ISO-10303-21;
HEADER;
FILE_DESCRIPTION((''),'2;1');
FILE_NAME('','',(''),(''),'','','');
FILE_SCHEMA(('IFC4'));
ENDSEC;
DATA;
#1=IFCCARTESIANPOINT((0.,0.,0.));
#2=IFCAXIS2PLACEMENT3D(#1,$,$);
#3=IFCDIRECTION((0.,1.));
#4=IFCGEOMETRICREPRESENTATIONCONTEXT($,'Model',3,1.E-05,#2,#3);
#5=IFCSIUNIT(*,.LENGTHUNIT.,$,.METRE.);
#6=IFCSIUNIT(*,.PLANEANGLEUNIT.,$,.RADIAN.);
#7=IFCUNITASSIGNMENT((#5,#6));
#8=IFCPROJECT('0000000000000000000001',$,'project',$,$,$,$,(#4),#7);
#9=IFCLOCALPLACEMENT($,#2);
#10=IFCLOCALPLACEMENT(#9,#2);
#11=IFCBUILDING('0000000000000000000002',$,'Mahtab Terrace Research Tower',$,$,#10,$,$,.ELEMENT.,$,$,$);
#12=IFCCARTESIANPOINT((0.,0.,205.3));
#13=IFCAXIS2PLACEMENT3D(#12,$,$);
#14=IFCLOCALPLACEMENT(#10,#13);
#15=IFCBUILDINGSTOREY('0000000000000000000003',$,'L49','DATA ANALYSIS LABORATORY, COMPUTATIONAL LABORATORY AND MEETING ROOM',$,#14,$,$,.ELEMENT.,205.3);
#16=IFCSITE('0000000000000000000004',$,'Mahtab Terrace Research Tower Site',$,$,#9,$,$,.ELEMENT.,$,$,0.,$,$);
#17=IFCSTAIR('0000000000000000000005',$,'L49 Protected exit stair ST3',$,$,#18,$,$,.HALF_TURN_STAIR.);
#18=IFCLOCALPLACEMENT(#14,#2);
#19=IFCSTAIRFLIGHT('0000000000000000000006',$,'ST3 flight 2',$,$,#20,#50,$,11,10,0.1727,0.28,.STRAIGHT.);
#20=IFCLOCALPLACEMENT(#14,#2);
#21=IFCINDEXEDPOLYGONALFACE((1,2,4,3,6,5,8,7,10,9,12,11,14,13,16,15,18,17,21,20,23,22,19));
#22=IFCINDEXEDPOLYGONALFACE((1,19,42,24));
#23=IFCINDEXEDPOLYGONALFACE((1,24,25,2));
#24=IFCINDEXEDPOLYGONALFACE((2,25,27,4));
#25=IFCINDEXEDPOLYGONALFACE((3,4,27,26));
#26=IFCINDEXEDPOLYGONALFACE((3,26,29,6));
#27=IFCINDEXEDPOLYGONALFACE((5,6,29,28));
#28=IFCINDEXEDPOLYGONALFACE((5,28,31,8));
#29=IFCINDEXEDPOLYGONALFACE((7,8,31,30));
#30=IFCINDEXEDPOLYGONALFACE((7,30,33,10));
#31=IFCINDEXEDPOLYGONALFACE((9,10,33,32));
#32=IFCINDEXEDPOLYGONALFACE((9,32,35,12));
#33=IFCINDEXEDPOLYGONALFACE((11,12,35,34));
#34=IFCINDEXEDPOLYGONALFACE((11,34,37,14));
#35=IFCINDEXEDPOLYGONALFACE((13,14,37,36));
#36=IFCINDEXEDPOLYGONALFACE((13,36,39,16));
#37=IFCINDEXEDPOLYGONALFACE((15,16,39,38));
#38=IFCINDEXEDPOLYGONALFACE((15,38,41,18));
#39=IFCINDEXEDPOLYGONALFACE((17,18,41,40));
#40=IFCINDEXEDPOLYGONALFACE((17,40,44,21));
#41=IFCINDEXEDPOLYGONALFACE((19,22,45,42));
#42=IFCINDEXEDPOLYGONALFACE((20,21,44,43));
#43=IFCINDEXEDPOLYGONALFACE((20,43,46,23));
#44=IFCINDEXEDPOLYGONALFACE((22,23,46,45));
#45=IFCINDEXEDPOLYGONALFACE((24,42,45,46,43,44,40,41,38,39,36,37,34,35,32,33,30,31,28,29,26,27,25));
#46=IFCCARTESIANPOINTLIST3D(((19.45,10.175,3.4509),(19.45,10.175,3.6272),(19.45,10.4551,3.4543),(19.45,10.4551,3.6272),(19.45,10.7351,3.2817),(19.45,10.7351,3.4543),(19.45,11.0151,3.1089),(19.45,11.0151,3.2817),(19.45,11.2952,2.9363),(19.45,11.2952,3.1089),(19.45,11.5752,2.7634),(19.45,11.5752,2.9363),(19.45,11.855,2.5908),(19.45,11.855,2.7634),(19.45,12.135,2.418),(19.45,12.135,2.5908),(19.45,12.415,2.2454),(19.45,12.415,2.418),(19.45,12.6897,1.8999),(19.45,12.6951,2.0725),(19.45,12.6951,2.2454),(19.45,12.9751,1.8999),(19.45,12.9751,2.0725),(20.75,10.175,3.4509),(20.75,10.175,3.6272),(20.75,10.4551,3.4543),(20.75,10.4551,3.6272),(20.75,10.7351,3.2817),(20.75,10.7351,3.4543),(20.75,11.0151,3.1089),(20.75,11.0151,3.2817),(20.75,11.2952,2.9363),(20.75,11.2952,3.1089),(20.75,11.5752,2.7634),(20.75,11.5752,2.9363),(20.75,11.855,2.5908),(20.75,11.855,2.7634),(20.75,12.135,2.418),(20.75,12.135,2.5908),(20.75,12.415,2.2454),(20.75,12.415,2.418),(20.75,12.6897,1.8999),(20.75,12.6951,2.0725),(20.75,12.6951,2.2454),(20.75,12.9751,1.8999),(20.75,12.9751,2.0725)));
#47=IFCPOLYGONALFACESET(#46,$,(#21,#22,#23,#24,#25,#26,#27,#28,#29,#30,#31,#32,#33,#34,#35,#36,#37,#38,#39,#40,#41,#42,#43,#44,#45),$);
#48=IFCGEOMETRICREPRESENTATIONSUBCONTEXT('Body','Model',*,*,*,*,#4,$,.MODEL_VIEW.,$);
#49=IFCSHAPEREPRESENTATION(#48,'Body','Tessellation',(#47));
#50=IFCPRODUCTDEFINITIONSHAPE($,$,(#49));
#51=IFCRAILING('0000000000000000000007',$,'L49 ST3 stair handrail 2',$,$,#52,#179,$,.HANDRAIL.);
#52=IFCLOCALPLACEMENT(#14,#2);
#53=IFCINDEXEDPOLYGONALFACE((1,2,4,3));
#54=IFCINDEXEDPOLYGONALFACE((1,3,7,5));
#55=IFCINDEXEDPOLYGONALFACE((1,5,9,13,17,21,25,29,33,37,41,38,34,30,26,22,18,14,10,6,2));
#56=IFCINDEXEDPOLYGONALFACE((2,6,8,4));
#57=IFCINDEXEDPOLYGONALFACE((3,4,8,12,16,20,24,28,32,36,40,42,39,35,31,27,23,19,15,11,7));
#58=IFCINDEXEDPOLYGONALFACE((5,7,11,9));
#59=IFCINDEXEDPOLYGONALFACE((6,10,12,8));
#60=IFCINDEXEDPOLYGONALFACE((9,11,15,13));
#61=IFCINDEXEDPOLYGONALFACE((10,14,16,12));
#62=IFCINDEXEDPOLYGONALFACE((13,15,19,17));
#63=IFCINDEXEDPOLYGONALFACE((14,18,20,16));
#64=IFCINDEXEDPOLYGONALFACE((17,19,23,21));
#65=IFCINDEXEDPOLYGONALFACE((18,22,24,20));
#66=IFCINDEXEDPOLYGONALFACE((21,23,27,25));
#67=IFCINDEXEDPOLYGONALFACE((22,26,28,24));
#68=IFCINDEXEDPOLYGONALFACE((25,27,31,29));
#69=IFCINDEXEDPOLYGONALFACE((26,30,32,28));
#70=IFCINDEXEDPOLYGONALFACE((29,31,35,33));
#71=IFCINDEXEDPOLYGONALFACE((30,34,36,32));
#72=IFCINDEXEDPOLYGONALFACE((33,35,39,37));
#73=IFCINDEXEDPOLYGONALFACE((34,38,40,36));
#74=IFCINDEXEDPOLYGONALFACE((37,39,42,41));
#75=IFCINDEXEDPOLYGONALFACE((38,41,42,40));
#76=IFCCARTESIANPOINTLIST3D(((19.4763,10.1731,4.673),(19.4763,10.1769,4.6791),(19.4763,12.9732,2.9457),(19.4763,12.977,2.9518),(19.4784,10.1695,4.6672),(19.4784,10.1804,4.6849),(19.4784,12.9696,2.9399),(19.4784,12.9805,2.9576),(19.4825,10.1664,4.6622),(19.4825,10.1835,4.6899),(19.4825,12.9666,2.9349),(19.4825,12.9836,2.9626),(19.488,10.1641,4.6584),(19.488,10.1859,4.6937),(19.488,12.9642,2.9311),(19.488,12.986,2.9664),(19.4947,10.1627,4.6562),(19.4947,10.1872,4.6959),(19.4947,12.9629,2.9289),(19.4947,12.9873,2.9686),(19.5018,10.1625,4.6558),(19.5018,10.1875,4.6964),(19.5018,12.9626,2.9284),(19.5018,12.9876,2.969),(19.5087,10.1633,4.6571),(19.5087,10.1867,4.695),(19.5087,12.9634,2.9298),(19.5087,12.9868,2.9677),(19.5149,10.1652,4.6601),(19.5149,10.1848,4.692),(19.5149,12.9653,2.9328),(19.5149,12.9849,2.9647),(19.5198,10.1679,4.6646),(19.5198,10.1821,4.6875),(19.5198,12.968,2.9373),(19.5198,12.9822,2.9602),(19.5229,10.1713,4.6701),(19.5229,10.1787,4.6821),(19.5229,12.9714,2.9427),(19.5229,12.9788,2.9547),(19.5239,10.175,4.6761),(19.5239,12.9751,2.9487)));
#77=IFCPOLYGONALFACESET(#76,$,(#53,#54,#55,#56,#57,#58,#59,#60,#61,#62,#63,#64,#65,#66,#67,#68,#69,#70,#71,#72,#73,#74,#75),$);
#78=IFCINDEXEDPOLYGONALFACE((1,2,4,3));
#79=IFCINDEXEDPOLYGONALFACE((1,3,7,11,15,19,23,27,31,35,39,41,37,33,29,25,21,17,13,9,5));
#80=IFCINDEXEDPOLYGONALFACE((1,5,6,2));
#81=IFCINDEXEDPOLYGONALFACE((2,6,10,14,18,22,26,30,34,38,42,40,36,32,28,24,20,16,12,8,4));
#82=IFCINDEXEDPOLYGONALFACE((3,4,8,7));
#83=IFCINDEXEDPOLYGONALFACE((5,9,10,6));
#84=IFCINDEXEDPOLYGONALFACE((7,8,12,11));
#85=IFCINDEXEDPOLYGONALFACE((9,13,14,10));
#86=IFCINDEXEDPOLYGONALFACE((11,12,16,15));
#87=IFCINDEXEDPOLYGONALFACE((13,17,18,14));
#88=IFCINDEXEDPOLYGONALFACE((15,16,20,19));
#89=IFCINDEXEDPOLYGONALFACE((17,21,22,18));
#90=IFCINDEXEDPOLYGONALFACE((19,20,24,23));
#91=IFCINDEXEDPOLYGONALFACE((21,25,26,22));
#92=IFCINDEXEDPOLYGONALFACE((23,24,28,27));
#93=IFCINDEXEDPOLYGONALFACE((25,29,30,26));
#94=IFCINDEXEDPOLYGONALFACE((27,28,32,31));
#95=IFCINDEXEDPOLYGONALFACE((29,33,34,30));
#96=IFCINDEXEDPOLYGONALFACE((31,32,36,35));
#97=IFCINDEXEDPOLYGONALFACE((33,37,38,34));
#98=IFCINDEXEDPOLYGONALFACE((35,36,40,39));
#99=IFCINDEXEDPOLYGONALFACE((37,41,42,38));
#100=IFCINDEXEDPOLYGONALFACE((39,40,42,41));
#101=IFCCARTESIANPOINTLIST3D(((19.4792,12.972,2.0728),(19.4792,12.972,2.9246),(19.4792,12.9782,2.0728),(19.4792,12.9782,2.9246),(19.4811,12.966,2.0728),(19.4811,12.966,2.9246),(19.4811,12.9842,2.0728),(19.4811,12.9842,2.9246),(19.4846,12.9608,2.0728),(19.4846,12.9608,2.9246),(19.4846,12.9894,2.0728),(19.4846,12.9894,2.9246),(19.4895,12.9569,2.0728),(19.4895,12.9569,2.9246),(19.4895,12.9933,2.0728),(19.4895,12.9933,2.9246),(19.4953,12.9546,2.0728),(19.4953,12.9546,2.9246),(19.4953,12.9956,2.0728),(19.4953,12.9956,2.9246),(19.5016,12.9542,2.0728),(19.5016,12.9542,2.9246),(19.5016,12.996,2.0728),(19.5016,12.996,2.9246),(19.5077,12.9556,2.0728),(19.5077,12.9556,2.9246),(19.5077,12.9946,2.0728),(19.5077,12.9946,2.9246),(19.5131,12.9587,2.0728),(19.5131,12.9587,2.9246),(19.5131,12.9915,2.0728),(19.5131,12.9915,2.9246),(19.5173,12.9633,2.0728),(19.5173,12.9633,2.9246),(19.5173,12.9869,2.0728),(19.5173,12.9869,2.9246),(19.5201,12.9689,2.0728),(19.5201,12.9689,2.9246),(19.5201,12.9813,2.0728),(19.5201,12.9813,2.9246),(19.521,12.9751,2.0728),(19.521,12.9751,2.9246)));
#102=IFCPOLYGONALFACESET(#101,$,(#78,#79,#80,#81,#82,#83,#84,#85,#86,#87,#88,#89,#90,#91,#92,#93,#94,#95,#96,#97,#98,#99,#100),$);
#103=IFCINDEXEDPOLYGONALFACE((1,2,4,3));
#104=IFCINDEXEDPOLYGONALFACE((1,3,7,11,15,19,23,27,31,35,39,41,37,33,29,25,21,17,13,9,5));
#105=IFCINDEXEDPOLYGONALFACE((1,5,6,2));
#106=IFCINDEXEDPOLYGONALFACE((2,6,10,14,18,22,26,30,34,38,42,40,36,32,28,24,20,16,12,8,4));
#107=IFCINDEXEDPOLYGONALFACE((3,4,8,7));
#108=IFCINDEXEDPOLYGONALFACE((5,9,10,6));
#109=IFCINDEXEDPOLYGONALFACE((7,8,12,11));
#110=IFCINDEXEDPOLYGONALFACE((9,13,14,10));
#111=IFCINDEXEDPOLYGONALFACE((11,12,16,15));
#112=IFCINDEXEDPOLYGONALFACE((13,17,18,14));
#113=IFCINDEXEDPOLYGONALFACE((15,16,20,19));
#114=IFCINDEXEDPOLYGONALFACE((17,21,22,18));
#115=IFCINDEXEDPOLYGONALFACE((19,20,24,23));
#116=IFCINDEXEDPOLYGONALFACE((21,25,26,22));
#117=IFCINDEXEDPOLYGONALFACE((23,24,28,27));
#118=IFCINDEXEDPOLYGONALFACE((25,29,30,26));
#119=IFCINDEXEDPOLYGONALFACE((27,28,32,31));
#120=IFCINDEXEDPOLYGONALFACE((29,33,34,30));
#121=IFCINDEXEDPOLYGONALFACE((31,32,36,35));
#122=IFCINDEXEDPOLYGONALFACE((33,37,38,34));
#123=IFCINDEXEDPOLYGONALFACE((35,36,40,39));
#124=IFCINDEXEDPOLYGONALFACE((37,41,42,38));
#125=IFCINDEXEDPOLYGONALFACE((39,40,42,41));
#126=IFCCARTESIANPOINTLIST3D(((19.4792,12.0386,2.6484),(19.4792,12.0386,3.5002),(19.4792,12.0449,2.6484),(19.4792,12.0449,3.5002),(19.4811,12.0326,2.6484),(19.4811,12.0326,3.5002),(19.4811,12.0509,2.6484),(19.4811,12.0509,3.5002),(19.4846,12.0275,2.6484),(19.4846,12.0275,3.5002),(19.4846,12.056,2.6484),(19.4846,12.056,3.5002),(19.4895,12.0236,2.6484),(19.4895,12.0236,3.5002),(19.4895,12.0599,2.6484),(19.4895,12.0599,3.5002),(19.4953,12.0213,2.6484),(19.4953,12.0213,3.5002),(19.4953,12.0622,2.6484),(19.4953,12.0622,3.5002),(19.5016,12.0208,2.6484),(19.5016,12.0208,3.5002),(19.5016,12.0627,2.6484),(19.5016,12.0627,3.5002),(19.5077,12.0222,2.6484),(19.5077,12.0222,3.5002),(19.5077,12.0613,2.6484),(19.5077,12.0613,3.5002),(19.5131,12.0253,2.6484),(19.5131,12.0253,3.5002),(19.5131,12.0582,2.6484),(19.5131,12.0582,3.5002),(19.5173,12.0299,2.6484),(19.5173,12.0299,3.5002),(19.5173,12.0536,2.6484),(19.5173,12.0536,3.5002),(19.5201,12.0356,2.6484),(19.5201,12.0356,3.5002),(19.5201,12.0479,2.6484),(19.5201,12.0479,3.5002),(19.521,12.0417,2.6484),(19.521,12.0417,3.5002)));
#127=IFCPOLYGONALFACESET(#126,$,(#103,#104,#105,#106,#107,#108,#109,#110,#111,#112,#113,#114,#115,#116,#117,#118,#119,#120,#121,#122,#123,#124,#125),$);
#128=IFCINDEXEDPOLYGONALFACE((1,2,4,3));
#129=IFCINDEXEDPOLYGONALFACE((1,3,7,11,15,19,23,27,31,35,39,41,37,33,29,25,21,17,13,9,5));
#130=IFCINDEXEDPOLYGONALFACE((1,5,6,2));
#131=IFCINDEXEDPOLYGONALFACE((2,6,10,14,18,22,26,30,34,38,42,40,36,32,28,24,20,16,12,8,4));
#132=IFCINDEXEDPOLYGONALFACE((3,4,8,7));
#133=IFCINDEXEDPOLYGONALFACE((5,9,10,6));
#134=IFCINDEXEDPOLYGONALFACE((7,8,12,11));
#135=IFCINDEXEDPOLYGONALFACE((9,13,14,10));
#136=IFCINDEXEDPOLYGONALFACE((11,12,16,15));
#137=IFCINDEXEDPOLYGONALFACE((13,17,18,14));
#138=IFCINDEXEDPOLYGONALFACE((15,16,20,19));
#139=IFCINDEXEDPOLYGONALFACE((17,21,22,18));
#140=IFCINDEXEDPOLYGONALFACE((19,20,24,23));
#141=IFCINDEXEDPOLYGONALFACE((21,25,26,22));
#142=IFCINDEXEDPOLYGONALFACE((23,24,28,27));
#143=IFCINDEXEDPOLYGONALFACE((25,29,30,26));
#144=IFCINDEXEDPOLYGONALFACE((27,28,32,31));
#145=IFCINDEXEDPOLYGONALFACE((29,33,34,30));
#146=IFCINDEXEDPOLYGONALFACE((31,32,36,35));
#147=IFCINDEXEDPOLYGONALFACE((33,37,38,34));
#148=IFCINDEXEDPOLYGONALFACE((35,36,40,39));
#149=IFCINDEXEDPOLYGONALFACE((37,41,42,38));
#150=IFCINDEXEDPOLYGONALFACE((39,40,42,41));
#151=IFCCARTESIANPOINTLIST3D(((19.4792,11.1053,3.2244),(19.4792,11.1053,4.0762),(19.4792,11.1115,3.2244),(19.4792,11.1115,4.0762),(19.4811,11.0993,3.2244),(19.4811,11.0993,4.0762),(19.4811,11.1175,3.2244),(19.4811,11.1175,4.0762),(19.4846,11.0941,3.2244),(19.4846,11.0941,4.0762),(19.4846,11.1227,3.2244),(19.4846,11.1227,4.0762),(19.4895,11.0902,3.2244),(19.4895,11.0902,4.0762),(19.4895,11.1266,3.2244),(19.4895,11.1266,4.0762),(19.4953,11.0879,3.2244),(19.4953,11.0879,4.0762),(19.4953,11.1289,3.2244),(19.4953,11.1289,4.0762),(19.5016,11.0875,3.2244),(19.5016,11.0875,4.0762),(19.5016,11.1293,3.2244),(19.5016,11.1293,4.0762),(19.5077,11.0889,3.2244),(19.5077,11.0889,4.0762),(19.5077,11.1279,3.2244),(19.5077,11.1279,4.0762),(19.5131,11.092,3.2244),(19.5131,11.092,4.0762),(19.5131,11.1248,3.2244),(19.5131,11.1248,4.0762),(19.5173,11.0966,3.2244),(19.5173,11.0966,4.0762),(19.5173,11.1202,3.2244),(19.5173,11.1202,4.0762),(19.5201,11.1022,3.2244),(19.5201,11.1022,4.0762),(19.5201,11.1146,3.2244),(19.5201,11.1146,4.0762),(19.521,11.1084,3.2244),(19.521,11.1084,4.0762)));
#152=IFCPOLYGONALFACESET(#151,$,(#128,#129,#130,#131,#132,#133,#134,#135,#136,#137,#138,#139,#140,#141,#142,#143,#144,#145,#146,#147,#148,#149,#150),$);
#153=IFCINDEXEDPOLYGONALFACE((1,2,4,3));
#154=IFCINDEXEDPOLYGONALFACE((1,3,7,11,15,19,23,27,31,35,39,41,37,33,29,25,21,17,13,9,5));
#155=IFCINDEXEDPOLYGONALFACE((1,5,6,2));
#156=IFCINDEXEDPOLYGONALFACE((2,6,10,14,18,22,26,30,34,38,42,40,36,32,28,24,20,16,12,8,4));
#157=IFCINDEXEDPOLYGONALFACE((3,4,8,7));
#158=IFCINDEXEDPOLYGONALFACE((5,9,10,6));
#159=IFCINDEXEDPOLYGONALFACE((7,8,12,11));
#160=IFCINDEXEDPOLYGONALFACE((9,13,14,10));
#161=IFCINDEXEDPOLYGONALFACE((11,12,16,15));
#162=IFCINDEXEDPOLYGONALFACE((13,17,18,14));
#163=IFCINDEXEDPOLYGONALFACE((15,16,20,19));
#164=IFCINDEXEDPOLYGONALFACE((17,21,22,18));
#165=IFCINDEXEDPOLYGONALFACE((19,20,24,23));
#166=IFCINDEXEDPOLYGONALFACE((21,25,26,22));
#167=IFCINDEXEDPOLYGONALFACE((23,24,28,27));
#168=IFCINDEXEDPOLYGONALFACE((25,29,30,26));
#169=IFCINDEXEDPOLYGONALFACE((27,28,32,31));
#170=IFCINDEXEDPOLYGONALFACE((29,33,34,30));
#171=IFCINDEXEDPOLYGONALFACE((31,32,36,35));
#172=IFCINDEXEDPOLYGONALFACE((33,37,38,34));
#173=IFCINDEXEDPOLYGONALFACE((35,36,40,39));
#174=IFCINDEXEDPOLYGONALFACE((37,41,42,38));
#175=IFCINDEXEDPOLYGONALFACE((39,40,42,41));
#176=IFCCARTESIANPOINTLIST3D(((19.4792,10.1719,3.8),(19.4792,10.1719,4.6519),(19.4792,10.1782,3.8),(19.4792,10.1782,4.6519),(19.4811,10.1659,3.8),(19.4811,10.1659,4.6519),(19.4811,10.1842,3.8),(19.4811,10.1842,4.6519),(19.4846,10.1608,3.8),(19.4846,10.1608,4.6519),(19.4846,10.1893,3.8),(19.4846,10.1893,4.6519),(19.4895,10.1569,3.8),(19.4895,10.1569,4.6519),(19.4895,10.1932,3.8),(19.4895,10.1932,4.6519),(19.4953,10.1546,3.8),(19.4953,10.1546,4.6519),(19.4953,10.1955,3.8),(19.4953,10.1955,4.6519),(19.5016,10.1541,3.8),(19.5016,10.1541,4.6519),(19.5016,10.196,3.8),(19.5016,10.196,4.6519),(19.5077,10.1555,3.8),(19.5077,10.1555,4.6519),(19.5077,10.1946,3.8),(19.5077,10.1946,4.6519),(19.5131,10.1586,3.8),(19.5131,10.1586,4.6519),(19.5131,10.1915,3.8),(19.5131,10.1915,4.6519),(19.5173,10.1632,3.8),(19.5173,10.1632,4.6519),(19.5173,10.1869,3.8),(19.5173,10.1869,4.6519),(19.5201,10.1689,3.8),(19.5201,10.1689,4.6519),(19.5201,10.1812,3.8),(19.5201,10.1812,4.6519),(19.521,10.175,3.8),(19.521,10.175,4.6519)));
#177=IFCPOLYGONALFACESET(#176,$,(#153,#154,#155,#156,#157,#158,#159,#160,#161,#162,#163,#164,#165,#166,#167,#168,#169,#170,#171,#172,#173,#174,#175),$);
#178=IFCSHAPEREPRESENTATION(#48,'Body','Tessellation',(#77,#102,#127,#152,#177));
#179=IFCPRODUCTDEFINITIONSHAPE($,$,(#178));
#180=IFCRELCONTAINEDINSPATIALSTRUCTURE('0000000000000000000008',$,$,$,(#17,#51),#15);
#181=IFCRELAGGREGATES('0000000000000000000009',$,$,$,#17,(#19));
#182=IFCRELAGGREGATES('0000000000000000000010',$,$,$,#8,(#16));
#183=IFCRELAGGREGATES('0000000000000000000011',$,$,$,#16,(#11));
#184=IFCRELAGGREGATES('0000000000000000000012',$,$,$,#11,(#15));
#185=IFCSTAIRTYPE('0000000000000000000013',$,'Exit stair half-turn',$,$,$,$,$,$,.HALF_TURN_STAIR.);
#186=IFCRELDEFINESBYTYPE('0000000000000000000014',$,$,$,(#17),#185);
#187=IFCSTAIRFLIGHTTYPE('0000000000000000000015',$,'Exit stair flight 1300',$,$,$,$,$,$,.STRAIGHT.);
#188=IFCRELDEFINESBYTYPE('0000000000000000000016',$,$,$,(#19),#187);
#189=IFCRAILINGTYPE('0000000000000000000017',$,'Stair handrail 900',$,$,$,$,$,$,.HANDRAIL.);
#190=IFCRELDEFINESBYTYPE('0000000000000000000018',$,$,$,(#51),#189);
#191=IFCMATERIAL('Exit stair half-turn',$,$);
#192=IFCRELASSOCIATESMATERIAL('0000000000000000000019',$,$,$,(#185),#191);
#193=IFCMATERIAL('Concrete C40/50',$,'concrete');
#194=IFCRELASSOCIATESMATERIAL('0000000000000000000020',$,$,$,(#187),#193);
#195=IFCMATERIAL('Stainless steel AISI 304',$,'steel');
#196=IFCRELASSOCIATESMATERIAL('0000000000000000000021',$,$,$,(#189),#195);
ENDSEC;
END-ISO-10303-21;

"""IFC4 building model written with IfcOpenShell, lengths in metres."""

from ifc_helpers import new_model, si_unit, direction, frame, origin, origin_2d, place, context, subcontext, project, spatial, polyline, circle, outline, extrude, material, type_object, element, aggregate, save


model = new_model("IFC4")

# Units and contexts
model_context = context("Model", 3, precision=1e-05, world=origin(), true_north=direction((0.0, 1.0)))
body_context = subcontext(model_context, "Body", "Model", "MODEL_VIEW")
ifc_project = project(units=[si_unit("LENGTHUNIT", "METRE"), si_unit("PLANEANGLEUNIT", "RADIAN")], contexts=[model_context])

# Site, building, storey
site_placement = place(None, origin())
site = spatial("IfcSite", under=ifc_project, at=site_placement, Name="Mahtab Terrace Research Tower Site", CompositionType="ELEMENT", RefElevation=0.0)
building_placement = place(site_placement, origin())
building = spatial("IfcBuilding", under=site, at=building_placement, Name="Mahtab Terrace Research Tower", CompositionType="ELEMENT")
storey_placement = place(building_placement, frame((0.0, 0.0, 205.3)))
storey = spatial("IfcBuildingStorey", under=building, at=storey_placement, Name="L49", Description="DATA ANALYSIS LABORATORY, COMPUTATIONAL LABORATORY AND MEETING ROOM", CompositionType="ELEMENT", Elevation=205.3)

# Stair, stair flight
ifc_material_1 = material(Name="Exit stair half-turn")
stair_type = type_object("IfcStairType", Name="Exit stair half-turn", PredefinedType="HALF_TURN_STAIR", material=ifc_material_1)
stair_placement = place(storey_placement, origin())
stair = element("IfcStair", 1, at=stair_placement, inside=storey, type_object=stair_type, Name="L49 Protected exit stair ST3", PredefinedType="HALF_TURN_STAIR")
ifc_material_2 = material(Name="Concrete C40/50", Category="concrete")
stair_flight_type = type_object("IfcStairFlightType", Name="Exit stair flight 1300", PredefinedType="STRAIGHT", material=ifc_material_2)
stair_flight_placement = place(storey_placement, frame((20.1001, 12.9751, 1.8999), z_axis=(0.0, 0.0, 1.0), x_axis=(0.0, -1.0, 0.0)))
stair_flight = element("IfcStairFlight", 2, at=stair_flight_placement, type_object=stair_flight_type, Name="ST3 flight 2", NumberOfRisers=11, NumberOfTreads=10, PredefinedType="STRAIGHT", RiserHeight=0.1727, TreadLength=0.28, context=body_context, shape_type="SweptSolid", body=[
    extrude(outline(polyline([(0.0, 0.0), (0.0, 0.1726), (0.28, 0.1726), (0.28, 0.3455), (0.5601, 0.3455), (0.5601, 0.5181), (0.8401, 0.5181), (0.8401, 0.6909), (1.1201, 0.6909), (1.1201, 0.8635), (1.3999, 0.8635), (1.3999, 1.0364), (1.6799, 1.0364), (1.6799, 1.209), (1.96, 1.209), (1.96, 1.3818), (2.24, 1.3818), (2.24, 1.5544), (2.52, 1.5544), (2.52, 1.7273), (2.8, 1.7273), (2.8, 1.8999), (2.8, 1.551), (0.2854, 0.0), (0.0, 0.0)])), frame((0.0, 0.6499, 0.0), z_axis=(0.0, -1.0, 0.0), x_axis=(1.0, 0.0, 0.0)), (0.0, 0.0, 1.0), 1.3),
])
aggregate(stair, [stair_flight])

# Railing
ifc_material_3 = material(Name="Stainless steel AISI 304", Category="steel")
railing_type = type_object("IfcRailingType", Name="Stair handrail 900", PredefinedType="HANDRAIL", material=ifc_material_3)
railing_placement = place(storey_placement, frame((19.5, 12.9751, 2.0728)))
element("IfcRailing", 3, at=railing_placement, inside=storey, type_object=railing_type, Name="L49 ST3 stair handrail 2", PredefinedType="HANDRAIL", context=body_context, shape_type="SweptSolid", body=[
    extrude(circle(Radius=0.0239, at=origin_2d()), frame((0.0, 0.0, 0.876), z_axis=(0.0, -0.85109, 0.52502), x_axis=(1.0, 0.0, 0.0)), (0.0, 0.0, 1.0), 3.29),
    extrude(circle(Radius=0.021, at=origin_2d()), origin(), (0.0, 0.0, 1.0), 0.8518),
    extrude(circle(Radius=0.021, at=origin_2d()), frame((0.0, -0.9333, 0.5757)), (0.0, 0.0, 1.0), 0.8518),
    extrude(circle(Radius=0.021, at=origin_2d()), frame((0.0, -1.8667, 1.1516)), (0.0, 0.0, 1.0), 0.8518),
    extrude(circle(Radius=0.021, at=origin_2d()), frame((0.0, -2.8, 1.7273)), (0.0, 0.0, 1.0), 0.8518),
])

save(model, "model.ifc")
